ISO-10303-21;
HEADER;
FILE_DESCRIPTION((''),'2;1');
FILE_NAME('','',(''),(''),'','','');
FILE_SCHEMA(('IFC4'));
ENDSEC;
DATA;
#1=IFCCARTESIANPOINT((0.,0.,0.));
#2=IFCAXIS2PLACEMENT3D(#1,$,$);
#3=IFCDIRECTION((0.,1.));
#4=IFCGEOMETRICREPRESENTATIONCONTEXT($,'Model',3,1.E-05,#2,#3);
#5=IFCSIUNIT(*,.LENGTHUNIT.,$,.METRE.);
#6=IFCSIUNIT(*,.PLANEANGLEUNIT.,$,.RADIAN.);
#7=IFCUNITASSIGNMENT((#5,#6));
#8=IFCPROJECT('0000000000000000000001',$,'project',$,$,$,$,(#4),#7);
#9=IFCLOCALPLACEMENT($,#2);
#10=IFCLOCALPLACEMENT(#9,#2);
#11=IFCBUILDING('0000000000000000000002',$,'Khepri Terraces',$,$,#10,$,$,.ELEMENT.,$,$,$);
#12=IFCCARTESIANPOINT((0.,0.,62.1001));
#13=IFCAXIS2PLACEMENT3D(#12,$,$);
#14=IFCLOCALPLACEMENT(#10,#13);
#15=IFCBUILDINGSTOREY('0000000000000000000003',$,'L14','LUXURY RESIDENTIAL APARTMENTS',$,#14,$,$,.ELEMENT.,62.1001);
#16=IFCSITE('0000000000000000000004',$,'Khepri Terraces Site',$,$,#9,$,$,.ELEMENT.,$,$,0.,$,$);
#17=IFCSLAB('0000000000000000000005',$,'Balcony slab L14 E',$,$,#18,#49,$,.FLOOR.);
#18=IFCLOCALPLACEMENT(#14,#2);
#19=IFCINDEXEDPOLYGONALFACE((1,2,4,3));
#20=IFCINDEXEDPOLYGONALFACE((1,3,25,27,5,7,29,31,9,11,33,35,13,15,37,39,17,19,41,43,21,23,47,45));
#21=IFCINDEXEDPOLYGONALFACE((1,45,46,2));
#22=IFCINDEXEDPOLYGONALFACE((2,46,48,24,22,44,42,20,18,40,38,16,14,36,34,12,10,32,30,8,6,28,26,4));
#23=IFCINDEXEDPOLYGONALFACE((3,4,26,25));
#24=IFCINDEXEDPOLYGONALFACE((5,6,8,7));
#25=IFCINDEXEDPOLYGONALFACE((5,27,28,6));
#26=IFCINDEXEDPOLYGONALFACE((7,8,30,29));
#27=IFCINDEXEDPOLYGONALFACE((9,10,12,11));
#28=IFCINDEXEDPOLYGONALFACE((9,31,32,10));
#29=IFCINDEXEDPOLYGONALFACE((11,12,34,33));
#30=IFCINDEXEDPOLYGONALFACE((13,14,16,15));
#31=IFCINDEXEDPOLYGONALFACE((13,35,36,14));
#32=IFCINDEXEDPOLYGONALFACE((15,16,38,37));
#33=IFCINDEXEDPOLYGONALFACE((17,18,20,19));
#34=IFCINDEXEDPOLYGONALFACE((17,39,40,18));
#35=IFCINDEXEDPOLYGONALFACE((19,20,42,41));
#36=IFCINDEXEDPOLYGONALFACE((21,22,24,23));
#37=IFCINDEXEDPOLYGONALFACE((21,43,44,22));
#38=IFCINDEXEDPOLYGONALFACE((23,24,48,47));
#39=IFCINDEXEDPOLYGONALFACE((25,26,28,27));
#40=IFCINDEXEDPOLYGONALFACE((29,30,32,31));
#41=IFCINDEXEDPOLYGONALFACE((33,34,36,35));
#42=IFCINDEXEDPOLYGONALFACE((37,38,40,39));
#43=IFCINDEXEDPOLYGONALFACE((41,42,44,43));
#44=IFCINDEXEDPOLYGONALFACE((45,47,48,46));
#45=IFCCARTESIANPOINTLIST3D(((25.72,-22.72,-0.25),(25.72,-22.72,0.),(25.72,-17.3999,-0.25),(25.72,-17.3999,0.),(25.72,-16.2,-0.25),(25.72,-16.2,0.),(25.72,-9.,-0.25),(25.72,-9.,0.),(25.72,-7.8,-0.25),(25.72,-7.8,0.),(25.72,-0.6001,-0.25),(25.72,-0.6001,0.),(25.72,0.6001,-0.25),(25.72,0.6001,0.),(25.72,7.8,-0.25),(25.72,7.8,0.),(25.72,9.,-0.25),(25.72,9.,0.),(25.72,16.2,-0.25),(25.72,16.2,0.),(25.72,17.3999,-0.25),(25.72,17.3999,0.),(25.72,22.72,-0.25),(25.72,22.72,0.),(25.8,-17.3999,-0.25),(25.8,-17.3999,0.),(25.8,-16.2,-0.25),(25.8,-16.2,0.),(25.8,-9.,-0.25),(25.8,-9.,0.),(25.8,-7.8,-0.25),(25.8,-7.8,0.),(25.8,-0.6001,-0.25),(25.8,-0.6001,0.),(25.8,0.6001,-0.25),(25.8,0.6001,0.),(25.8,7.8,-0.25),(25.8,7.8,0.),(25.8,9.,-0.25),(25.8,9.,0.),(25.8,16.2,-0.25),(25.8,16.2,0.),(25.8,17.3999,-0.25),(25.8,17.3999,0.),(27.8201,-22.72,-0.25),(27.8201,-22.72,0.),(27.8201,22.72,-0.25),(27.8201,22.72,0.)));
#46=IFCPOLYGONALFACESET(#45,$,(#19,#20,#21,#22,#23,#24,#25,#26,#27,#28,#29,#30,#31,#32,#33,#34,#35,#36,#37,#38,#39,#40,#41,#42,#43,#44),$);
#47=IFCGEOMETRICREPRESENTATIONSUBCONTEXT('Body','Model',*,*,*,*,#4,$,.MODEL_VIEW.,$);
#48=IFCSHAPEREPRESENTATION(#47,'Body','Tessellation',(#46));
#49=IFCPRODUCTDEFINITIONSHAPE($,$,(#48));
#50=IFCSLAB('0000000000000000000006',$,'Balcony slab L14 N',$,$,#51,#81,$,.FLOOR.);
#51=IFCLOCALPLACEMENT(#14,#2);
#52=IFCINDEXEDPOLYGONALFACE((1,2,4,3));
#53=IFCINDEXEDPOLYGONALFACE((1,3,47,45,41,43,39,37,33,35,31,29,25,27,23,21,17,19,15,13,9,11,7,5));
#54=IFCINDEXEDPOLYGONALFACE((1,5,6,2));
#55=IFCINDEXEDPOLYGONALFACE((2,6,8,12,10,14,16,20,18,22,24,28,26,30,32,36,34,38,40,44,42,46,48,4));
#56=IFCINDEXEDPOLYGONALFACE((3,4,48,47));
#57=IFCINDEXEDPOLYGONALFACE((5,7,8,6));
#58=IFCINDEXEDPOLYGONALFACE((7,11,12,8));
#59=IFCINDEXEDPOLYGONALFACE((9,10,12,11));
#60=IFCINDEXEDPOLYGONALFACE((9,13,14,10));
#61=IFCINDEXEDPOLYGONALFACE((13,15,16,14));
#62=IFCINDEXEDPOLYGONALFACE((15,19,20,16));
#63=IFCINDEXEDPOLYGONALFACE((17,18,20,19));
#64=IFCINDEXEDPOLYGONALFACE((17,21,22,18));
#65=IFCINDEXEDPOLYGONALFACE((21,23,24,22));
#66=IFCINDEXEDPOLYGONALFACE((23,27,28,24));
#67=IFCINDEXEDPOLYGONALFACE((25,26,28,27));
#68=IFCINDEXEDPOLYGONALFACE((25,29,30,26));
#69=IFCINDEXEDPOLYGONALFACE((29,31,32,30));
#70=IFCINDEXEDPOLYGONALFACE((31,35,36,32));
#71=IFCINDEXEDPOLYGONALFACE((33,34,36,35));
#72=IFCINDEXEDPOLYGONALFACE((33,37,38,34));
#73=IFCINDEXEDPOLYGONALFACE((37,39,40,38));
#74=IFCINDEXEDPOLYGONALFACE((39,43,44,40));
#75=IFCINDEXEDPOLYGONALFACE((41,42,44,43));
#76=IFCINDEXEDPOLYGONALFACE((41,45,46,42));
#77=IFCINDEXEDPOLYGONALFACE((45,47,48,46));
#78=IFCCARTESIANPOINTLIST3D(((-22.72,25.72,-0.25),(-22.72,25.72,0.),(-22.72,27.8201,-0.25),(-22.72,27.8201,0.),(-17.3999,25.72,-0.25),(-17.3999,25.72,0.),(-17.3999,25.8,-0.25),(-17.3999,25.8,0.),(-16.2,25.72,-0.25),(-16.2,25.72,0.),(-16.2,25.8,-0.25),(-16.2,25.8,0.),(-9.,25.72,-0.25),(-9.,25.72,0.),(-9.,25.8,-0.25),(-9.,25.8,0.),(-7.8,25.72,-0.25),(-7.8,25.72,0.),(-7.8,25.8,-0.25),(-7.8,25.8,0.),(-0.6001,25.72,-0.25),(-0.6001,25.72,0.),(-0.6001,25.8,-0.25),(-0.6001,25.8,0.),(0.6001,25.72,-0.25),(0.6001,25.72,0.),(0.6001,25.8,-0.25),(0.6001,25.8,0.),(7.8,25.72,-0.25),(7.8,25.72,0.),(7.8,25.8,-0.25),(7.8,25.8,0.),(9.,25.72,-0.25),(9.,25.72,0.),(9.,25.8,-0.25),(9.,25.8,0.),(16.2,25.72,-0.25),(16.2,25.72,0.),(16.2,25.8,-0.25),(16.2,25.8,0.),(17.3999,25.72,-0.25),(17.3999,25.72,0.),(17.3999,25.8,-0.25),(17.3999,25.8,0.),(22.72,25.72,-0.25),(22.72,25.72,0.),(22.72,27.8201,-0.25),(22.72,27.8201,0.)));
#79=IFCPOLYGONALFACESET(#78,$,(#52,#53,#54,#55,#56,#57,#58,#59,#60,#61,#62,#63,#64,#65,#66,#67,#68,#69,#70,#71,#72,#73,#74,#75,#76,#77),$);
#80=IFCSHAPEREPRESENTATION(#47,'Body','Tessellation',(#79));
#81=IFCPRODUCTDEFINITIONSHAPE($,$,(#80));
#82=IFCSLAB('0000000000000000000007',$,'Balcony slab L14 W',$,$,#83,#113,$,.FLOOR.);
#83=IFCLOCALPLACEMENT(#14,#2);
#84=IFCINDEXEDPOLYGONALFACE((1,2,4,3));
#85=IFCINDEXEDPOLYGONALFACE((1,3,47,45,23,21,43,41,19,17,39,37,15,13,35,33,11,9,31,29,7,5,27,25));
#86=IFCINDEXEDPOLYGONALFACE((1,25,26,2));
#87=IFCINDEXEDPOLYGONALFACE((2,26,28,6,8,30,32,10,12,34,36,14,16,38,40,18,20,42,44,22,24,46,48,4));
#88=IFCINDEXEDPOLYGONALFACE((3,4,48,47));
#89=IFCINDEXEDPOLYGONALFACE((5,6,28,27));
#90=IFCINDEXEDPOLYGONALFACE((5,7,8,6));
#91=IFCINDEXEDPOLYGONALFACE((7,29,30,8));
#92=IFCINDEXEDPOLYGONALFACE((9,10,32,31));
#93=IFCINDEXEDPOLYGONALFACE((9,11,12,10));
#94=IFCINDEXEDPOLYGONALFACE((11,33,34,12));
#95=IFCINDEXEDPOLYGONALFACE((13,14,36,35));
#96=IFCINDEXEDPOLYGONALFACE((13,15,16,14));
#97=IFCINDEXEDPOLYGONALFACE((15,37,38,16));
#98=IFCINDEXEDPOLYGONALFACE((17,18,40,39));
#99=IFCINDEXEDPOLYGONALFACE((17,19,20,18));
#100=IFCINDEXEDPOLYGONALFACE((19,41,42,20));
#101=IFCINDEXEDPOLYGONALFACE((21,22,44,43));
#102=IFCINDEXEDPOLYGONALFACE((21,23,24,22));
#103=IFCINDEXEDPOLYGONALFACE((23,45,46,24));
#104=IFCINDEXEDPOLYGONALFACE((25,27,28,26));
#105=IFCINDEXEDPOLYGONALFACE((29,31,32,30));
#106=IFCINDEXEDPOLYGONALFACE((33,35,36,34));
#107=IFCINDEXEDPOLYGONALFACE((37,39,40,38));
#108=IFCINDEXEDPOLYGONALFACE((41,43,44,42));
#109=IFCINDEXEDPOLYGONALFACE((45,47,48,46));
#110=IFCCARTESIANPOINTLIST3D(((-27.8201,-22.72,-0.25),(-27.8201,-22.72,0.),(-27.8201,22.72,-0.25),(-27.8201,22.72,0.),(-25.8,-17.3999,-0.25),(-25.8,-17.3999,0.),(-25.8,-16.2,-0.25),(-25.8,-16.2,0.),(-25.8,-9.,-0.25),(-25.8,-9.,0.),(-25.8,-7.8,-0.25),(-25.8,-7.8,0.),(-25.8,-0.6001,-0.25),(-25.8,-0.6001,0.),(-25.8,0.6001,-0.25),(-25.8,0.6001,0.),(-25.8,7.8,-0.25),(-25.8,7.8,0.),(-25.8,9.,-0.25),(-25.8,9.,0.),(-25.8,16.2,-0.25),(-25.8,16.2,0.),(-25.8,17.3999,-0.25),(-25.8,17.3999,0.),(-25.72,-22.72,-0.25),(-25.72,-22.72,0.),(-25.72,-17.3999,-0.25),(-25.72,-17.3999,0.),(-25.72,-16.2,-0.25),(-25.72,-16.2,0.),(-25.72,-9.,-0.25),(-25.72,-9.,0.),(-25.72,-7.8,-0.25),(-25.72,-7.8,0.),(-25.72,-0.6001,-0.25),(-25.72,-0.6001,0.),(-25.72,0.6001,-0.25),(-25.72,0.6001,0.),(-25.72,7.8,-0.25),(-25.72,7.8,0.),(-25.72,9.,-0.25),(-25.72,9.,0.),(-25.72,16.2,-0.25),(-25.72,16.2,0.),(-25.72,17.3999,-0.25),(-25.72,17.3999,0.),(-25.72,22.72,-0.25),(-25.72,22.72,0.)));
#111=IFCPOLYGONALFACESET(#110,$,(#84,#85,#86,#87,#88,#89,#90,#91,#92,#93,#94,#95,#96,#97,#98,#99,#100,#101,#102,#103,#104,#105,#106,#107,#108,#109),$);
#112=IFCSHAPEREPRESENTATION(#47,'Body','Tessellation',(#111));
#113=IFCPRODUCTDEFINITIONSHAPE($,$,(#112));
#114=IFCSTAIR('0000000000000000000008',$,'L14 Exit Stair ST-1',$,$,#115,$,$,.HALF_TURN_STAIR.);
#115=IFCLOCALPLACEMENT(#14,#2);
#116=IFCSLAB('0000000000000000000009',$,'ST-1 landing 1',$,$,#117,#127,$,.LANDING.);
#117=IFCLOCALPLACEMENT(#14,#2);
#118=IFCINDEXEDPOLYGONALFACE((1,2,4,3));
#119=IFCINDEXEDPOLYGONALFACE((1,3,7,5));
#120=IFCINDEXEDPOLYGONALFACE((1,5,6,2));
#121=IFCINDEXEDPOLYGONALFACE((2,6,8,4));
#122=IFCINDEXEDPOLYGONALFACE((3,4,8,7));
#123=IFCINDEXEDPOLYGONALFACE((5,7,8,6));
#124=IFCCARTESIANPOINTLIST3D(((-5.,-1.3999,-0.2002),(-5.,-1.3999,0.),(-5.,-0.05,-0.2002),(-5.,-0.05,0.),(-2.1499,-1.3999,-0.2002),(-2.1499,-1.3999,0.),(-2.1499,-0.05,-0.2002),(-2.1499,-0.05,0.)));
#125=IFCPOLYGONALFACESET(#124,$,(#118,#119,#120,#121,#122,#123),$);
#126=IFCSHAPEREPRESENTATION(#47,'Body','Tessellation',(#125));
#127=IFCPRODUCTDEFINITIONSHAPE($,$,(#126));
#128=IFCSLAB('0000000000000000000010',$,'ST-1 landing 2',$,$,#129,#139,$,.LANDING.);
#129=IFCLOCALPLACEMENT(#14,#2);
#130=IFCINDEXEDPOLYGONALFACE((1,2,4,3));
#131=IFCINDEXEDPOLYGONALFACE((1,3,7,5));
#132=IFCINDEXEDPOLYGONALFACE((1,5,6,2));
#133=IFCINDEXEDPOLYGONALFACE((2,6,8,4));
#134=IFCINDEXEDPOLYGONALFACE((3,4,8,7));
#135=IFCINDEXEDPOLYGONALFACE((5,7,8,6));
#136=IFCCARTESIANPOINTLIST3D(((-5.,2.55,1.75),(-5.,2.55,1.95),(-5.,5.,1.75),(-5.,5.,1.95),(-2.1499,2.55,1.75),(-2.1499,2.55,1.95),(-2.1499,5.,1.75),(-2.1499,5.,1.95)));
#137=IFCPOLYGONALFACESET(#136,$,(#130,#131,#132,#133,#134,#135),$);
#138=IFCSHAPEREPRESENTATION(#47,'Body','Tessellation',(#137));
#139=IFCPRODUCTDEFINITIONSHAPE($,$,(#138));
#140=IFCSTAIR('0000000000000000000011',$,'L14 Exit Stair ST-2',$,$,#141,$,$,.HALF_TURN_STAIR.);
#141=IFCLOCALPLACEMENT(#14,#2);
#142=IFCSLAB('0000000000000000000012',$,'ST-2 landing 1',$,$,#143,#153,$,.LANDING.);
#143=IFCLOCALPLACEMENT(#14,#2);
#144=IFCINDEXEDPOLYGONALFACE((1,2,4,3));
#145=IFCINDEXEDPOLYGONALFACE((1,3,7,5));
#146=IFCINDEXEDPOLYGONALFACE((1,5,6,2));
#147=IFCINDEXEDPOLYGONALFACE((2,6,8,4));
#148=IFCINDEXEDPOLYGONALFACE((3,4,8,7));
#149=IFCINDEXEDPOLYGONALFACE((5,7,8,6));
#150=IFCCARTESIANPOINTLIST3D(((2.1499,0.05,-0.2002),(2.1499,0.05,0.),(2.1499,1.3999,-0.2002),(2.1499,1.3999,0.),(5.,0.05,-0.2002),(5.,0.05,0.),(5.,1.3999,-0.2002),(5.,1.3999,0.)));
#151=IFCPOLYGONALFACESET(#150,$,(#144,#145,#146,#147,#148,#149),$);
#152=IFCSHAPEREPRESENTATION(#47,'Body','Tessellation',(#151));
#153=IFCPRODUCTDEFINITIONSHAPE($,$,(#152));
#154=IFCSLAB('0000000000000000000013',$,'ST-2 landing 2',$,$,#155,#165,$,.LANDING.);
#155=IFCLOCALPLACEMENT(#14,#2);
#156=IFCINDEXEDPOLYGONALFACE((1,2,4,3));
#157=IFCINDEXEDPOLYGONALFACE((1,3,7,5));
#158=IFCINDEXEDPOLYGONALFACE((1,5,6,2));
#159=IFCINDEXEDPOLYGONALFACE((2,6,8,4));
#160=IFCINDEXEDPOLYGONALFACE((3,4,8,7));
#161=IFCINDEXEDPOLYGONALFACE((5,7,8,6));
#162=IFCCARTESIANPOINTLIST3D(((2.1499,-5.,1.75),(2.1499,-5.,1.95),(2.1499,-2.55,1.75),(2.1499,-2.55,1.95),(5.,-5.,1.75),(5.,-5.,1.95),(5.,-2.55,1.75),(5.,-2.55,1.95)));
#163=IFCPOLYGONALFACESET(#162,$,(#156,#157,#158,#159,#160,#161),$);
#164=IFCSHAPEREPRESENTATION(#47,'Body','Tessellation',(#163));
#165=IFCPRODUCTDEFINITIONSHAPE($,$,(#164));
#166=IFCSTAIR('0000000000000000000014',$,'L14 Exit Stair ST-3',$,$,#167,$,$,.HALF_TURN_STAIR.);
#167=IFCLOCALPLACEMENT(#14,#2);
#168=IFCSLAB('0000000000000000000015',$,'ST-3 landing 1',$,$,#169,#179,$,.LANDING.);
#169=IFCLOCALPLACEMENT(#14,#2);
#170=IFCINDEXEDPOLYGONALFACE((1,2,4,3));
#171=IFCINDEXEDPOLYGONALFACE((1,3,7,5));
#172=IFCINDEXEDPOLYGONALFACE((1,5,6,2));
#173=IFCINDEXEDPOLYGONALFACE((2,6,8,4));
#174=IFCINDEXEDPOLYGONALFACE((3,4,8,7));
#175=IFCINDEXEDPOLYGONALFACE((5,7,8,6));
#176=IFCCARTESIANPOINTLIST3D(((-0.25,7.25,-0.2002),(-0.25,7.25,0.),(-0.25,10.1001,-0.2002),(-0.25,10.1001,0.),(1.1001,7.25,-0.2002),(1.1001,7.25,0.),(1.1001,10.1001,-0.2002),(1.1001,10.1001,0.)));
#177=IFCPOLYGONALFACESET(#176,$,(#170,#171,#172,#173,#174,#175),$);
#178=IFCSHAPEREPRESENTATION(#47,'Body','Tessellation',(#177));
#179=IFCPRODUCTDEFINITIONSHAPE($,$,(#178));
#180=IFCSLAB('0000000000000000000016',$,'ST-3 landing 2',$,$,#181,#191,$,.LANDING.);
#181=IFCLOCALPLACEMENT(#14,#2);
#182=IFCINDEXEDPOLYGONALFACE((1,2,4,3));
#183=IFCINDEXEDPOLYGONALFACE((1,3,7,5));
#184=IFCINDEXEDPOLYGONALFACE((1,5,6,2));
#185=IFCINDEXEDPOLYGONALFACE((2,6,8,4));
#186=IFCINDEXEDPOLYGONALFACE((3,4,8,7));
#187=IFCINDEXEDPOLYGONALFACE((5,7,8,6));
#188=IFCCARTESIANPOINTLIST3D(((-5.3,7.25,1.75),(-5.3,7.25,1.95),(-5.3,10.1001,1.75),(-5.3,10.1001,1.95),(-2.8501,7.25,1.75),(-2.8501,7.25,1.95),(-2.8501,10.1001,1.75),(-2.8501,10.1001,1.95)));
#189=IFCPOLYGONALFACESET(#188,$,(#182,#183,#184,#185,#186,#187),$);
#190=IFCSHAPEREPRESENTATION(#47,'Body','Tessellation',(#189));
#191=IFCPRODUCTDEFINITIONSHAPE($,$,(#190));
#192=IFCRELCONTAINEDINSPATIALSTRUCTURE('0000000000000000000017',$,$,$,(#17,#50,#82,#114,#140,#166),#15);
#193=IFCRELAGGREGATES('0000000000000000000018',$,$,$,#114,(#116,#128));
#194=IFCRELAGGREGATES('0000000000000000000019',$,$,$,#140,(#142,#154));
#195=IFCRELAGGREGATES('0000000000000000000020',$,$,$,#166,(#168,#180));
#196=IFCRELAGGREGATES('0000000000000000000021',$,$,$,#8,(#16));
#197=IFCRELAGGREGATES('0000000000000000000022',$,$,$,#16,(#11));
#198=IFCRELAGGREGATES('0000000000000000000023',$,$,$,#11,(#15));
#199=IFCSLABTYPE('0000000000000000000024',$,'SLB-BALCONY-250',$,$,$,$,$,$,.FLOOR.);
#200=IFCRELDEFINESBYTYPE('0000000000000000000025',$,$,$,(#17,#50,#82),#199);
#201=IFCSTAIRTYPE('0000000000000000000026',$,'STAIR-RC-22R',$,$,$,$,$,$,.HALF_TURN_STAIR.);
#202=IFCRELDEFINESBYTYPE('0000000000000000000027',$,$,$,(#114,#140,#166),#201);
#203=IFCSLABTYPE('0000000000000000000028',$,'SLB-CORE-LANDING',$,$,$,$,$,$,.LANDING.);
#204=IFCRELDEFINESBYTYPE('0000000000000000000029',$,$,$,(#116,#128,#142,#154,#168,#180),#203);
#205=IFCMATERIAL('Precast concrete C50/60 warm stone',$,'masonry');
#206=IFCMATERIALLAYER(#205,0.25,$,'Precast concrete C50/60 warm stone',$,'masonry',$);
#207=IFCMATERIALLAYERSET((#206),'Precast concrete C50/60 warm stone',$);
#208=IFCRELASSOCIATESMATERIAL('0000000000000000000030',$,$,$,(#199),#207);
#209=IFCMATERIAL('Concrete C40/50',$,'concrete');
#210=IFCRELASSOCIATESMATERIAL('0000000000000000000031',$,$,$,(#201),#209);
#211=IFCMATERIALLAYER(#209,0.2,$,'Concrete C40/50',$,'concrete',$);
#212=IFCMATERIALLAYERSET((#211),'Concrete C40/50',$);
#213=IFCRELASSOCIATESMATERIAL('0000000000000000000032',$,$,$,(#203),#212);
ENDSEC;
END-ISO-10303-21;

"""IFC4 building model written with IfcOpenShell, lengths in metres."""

from ifc_helpers import new_model, si_unit, direction, frame, origin, place, context, subcontext, project, spatial, polyline, outline, extrude, material, layer, layer_set, type_object, element, aggregate, save


model = new_model("IFC4")

# Units and contexts
model_context = context("Model", 3, precision=1e-05, world=origin(), true_north=direction((0.0, 1.0)))
body_context = subcontext(model_context, "Body", "Model", "MODEL_VIEW")
ifc_project = project(units=[si_unit("LENGTHUNIT", "METRE"), si_unit("PLANEANGLEUNIT", "RADIAN")], contexts=[model_context])

# Site, building, storey
site_placement = place(None, origin())
site = spatial("IfcSite", under=ifc_project, at=site_placement, Name="Khepri Terraces Site", CompositionType="ELEMENT", RefElevation=0.0)
building_placement = place(site_placement, origin())
building = spatial("IfcBuilding", under=site, at=building_placement, Name="Khepri Terraces", CompositionType="ELEMENT")
storey_placement = place(building_placement, frame((0.0, 0.0, 62.1001)))
storey = spatial("IfcBuildingStorey", under=building, at=storey_placement, Name="L14", Description="LUXURY RESIDENTIAL APARTMENTS", CompositionType="ELEMENT", Elevation=62.1001)

# Slabs
ifc_material_1 = material(Name="Precast concrete C50/60 warm stone", Category="masonry")
ifc_layer_1 = layer(ifc_material_1, 0.25, Name="Precast concrete C50/60 warm stone", Category="masonry")
ifc_layer_set_1 = layer_set([ifc_layer_1], Name="Precast concrete C50/60 warm stone")
slab_type_1 = type_object("IfcSlabType", Name="SLB-BALCONY-250", PredefinedType="FLOOR", material=ifc_layer_set_1)
slab_1_placement = place(storey_placement, frame((0.0, 0.0, -0.25)))
element("IfcSlab", 1, at=slab_1_placement, inside=storey, type_object=slab_type_1, Name="Balcony slab L14 E", PredefinedType="FLOOR", context=body_context, shape_type="SweptSolid", body=[
    extrude(outline(polyline([(25.72, -17.3999), (25.72, -22.72), (27.8201, -22.72), (27.8201, 22.72), (25.72, 22.72), (25.72, 17.3999), (25.8, 17.3999), (25.8, 16.2), (25.72, 16.2), (25.72, 9.0), (25.8, 9.0), (25.8, 7.8), (25.72, 7.8), (25.72, 0.6001), (25.8, 0.6001), (25.8, -0.6001), (25.72, -0.6001), (25.72, -7.8), (25.8, -7.8), (25.8, -9.0), (25.72, -9.0), (25.72, -16.2), (25.8, -16.2), (25.8, -17.3999), (25.72, -17.3999)])), origin(), (0.0, 0.0, 1.0), 0.25),
])
slab_2_placement = place(storey_placement, frame((0.0, 0.0, -0.25)))
element("IfcSlab", 2, at=slab_2_placement, inside=storey, type_object=slab_type_1, Name="Balcony slab L14 N", PredefinedType="FLOOR", context=body_context, shape_type="SweptSolid", body=[
    extrude(outline(polyline([(17.3999, 25.72), (22.72, 25.72), (22.72, 27.8201), (-22.72, 27.8201), (-22.72, 25.72), (-17.3999, 25.72), (-17.3999, 25.8), (-16.2, 25.8), (-16.2, 25.72), (-9.0, 25.72), (-9.0, 25.8), (-7.8, 25.8), (-7.8, 25.72), (-0.6001, 25.72), (-0.6001, 25.8), (0.6001, 25.8), (0.6001, 25.72), (7.8, 25.72), (7.8, 25.8), (9.0, 25.8), (9.0, 25.72), (16.2, 25.72), (16.2, 25.8), (17.3999, 25.8), (17.3999, 25.72)])), origin(), (0.0, 0.0, 1.0), 0.25),
])
slab_3_placement = place(storey_placement, frame((0.0, 0.0, -0.25)))
element("IfcSlab", 3, at=slab_3_placement, inside=storey, type_object=slab_type_1, Name="Balcony slab L14 W", PredefinedType="FLOOR", context=body_context, shape_type="SweptSolid", body=[
    extrude(outline(polyline([(-25.72, 17.3999), (-25.72, 22.72), (-27.8201, 22.72), (-27.8201, -22.72), (-25.72, -22.72), (-25.72, -17.3999), (-25.8, -17.3999), (-25.8, -16.2), (-25.72, -16.2), (-25.72, -9.0), (-25.8, -9.0), (-25.8, -7.8), (-25.72, -7.8), (-25.72, -0.6001), (-25.8, -0.6001), (-25.8, 0.6001), (-25.72, 0.6001), (-25.72, 7.8), (-25.8, 7.8), (-25.8, 9.0), (-25.72, 9.0), (-25.72, 16.2), (-25.8, 16.2), (-25.8, 17.3999), (-25.72, 17.3999)])), origin(), (0.0, 0.0, 1.0), 0.25),
])

# Stairs, slabs
ifc_material_2 = material(Name="Concrete C40/50", Category="concrete")
stair_type = type_object("IfcStairType", Name="STAIR-RC-22R", PredefinedType="HALF_TURN_STAIR", material=ifc_material_2)
stair_1_placement = place(storey_placement, origin())
stair_1 = element("IfcStair", 4, at=stair_1_placement, inside=storey, type_object=stair_type, Name="L14 Exit Stair ST-1", PredefinedType="HALF_TURN_STAIR")
ifc_layer_2 = layer(ifc_material_2, 0.2, Name="Concrete C40/50", Category="concrete")
ifc_layer_set_2 = layer_set([ifc_layer_2], Name="Concrete C40/50")
slab_type_2 = type_object("IfcSlabType", Name="SLB-CORE-LANDING", PredefinedType="LANDING", material=ifc_layer_set_2)
slab_4_placement = place(storey_placement, frame((0.0, 0.0, -0.2002)))
slab_4 = element("IfcSlab", 5, at=slab_4_placement, type_object=slab_type_2, Name="ST-1 landing 1", PredefinedType="LANDING", context=body_context, shape_type="SweptSolid", body=[
    extrude(outline(polyline([(-2.1499, -1.3999), (-2.1499, -0.05), (-5.0, -0.05), (-5.0, -1.3999), (-2.1499, -1.3999)])), origin(), (0.0, 0.0, 1.0), 0.2002),
])
slab_5_placement = place(storey_placement, frame((0.0, 0.0, 1.75)))
slab_5 = element("IfcSlab", 6, at=slab_5_placement, type_object=slab_type_2, Name="ST-1 landing 2", PredefinedType="LANDING", context=body_context, shape_type="SweptSolid", body=[
    extrude(outline(polyline([(-2.1499, 2.55), (-2.1499, 5.0), (-5.0, 5.0), (-5.0, 2.55), (-2.1499, 2.55)])), origin(), (0.0, 0.0, 1.0), 0.2),
])
aggregate(stair_1, [slab_4, slab_5])
stair_2_placement = place(storey_placement, origin())
stair_2 = element("IfcStair", 7, at=stair_2_placement, inside=storey, type_object=stair_type, Name="L14 Exit Stair ST-2", PredefinedType="HALF_TURN_STAIR")
slab_6_placement = place(storey_placement, frame((0.0, 0.0, -0.2002)))
slab_6 = element("IfcSlab", 8, at=slab_6_placement, type_object=slab_type_2, Name="ST-2 landing 1", PredefinedType="LANDING", context=body_context, shape_type="SweptSolid", body=[
    extrude(outline(polyline([(2.1499, 1.3999), (2.1499, 0.05), (5.0, 0.05), (5.0, 1.3999), (2.1499, 1.3999)])), origin(), (0.0, 0.0, 1.0), 0.2002),
])
slab_7_placement = place(storey_placement, frame((0.0, 0.0, 1.75)))
slab_7 = element("IfcSlab", 9, at=slab_7_placement, type_object=slab_type_2, Name="ST-2 landing 2", PredefinedType="LANDING", context=body_context, shape_type="SweptSolid", body=[
    extrude(outline(polyline([(2.1499, -2.55), (2.1499, -5.0), (5.0, -5.0), (5.0, -2.55), (2.1499, -2.55)])), origin(), (0.0, 0.0, 1.0), 0.2),
])
aggregate(stair_2, [slab_6, slab_7])
stair_3_placement = place(storey_placement, origin())
stair_3 = element("IfcStair", 10, at=stair_3_placement, inside=storey, type_object=stair_type, Name="L14 Exit Stair ST-3", PredefinedType="HALF_TURN_STAIR")
slab_8_placement = place(storey_placement, frame((0.0, 0.0, -0.2002)))
slab_8 = element("IfcSlab", 11, at=slab_8_placement, type_object=slab_type_2, Name="ST-3 landing 1", PredefinedType="LANDING", context=body_context, shape_type="SweptSolid", body=[
    extrude(outline(polyline([(1.1001, 10.1001), (-0.25, 10.1001), (-0.25, 7.25), (1.1001, 7.25), (1.1001, 10.1001)])), origin(), (0.0, 0.0, 1.0), 0.2002),
])
slab_9_placement = place(storey_placement, frame((0.0, 0.0, 1.75)))
slab_9 = element("IfcSlab", 12, at=slab_9_placement, type_object=slab_type_2, Name="ST-3 landing 2", PredefinedType="LANDING", context=body_context, shape_type="SweptSolid", body=[
    extrude(outline(polyline([(-2.8501, 10.1001), (-5.3, 10.1001), (-5.3, 7.25), (-2.8501, 7.25), (-2.8501, 10.1001)])), origin(), (0.0, 0.0, 1.0), 0.2),
])
aggregate(stair_3, [slab_8, slab_9])

save(model, "model.ifc")
